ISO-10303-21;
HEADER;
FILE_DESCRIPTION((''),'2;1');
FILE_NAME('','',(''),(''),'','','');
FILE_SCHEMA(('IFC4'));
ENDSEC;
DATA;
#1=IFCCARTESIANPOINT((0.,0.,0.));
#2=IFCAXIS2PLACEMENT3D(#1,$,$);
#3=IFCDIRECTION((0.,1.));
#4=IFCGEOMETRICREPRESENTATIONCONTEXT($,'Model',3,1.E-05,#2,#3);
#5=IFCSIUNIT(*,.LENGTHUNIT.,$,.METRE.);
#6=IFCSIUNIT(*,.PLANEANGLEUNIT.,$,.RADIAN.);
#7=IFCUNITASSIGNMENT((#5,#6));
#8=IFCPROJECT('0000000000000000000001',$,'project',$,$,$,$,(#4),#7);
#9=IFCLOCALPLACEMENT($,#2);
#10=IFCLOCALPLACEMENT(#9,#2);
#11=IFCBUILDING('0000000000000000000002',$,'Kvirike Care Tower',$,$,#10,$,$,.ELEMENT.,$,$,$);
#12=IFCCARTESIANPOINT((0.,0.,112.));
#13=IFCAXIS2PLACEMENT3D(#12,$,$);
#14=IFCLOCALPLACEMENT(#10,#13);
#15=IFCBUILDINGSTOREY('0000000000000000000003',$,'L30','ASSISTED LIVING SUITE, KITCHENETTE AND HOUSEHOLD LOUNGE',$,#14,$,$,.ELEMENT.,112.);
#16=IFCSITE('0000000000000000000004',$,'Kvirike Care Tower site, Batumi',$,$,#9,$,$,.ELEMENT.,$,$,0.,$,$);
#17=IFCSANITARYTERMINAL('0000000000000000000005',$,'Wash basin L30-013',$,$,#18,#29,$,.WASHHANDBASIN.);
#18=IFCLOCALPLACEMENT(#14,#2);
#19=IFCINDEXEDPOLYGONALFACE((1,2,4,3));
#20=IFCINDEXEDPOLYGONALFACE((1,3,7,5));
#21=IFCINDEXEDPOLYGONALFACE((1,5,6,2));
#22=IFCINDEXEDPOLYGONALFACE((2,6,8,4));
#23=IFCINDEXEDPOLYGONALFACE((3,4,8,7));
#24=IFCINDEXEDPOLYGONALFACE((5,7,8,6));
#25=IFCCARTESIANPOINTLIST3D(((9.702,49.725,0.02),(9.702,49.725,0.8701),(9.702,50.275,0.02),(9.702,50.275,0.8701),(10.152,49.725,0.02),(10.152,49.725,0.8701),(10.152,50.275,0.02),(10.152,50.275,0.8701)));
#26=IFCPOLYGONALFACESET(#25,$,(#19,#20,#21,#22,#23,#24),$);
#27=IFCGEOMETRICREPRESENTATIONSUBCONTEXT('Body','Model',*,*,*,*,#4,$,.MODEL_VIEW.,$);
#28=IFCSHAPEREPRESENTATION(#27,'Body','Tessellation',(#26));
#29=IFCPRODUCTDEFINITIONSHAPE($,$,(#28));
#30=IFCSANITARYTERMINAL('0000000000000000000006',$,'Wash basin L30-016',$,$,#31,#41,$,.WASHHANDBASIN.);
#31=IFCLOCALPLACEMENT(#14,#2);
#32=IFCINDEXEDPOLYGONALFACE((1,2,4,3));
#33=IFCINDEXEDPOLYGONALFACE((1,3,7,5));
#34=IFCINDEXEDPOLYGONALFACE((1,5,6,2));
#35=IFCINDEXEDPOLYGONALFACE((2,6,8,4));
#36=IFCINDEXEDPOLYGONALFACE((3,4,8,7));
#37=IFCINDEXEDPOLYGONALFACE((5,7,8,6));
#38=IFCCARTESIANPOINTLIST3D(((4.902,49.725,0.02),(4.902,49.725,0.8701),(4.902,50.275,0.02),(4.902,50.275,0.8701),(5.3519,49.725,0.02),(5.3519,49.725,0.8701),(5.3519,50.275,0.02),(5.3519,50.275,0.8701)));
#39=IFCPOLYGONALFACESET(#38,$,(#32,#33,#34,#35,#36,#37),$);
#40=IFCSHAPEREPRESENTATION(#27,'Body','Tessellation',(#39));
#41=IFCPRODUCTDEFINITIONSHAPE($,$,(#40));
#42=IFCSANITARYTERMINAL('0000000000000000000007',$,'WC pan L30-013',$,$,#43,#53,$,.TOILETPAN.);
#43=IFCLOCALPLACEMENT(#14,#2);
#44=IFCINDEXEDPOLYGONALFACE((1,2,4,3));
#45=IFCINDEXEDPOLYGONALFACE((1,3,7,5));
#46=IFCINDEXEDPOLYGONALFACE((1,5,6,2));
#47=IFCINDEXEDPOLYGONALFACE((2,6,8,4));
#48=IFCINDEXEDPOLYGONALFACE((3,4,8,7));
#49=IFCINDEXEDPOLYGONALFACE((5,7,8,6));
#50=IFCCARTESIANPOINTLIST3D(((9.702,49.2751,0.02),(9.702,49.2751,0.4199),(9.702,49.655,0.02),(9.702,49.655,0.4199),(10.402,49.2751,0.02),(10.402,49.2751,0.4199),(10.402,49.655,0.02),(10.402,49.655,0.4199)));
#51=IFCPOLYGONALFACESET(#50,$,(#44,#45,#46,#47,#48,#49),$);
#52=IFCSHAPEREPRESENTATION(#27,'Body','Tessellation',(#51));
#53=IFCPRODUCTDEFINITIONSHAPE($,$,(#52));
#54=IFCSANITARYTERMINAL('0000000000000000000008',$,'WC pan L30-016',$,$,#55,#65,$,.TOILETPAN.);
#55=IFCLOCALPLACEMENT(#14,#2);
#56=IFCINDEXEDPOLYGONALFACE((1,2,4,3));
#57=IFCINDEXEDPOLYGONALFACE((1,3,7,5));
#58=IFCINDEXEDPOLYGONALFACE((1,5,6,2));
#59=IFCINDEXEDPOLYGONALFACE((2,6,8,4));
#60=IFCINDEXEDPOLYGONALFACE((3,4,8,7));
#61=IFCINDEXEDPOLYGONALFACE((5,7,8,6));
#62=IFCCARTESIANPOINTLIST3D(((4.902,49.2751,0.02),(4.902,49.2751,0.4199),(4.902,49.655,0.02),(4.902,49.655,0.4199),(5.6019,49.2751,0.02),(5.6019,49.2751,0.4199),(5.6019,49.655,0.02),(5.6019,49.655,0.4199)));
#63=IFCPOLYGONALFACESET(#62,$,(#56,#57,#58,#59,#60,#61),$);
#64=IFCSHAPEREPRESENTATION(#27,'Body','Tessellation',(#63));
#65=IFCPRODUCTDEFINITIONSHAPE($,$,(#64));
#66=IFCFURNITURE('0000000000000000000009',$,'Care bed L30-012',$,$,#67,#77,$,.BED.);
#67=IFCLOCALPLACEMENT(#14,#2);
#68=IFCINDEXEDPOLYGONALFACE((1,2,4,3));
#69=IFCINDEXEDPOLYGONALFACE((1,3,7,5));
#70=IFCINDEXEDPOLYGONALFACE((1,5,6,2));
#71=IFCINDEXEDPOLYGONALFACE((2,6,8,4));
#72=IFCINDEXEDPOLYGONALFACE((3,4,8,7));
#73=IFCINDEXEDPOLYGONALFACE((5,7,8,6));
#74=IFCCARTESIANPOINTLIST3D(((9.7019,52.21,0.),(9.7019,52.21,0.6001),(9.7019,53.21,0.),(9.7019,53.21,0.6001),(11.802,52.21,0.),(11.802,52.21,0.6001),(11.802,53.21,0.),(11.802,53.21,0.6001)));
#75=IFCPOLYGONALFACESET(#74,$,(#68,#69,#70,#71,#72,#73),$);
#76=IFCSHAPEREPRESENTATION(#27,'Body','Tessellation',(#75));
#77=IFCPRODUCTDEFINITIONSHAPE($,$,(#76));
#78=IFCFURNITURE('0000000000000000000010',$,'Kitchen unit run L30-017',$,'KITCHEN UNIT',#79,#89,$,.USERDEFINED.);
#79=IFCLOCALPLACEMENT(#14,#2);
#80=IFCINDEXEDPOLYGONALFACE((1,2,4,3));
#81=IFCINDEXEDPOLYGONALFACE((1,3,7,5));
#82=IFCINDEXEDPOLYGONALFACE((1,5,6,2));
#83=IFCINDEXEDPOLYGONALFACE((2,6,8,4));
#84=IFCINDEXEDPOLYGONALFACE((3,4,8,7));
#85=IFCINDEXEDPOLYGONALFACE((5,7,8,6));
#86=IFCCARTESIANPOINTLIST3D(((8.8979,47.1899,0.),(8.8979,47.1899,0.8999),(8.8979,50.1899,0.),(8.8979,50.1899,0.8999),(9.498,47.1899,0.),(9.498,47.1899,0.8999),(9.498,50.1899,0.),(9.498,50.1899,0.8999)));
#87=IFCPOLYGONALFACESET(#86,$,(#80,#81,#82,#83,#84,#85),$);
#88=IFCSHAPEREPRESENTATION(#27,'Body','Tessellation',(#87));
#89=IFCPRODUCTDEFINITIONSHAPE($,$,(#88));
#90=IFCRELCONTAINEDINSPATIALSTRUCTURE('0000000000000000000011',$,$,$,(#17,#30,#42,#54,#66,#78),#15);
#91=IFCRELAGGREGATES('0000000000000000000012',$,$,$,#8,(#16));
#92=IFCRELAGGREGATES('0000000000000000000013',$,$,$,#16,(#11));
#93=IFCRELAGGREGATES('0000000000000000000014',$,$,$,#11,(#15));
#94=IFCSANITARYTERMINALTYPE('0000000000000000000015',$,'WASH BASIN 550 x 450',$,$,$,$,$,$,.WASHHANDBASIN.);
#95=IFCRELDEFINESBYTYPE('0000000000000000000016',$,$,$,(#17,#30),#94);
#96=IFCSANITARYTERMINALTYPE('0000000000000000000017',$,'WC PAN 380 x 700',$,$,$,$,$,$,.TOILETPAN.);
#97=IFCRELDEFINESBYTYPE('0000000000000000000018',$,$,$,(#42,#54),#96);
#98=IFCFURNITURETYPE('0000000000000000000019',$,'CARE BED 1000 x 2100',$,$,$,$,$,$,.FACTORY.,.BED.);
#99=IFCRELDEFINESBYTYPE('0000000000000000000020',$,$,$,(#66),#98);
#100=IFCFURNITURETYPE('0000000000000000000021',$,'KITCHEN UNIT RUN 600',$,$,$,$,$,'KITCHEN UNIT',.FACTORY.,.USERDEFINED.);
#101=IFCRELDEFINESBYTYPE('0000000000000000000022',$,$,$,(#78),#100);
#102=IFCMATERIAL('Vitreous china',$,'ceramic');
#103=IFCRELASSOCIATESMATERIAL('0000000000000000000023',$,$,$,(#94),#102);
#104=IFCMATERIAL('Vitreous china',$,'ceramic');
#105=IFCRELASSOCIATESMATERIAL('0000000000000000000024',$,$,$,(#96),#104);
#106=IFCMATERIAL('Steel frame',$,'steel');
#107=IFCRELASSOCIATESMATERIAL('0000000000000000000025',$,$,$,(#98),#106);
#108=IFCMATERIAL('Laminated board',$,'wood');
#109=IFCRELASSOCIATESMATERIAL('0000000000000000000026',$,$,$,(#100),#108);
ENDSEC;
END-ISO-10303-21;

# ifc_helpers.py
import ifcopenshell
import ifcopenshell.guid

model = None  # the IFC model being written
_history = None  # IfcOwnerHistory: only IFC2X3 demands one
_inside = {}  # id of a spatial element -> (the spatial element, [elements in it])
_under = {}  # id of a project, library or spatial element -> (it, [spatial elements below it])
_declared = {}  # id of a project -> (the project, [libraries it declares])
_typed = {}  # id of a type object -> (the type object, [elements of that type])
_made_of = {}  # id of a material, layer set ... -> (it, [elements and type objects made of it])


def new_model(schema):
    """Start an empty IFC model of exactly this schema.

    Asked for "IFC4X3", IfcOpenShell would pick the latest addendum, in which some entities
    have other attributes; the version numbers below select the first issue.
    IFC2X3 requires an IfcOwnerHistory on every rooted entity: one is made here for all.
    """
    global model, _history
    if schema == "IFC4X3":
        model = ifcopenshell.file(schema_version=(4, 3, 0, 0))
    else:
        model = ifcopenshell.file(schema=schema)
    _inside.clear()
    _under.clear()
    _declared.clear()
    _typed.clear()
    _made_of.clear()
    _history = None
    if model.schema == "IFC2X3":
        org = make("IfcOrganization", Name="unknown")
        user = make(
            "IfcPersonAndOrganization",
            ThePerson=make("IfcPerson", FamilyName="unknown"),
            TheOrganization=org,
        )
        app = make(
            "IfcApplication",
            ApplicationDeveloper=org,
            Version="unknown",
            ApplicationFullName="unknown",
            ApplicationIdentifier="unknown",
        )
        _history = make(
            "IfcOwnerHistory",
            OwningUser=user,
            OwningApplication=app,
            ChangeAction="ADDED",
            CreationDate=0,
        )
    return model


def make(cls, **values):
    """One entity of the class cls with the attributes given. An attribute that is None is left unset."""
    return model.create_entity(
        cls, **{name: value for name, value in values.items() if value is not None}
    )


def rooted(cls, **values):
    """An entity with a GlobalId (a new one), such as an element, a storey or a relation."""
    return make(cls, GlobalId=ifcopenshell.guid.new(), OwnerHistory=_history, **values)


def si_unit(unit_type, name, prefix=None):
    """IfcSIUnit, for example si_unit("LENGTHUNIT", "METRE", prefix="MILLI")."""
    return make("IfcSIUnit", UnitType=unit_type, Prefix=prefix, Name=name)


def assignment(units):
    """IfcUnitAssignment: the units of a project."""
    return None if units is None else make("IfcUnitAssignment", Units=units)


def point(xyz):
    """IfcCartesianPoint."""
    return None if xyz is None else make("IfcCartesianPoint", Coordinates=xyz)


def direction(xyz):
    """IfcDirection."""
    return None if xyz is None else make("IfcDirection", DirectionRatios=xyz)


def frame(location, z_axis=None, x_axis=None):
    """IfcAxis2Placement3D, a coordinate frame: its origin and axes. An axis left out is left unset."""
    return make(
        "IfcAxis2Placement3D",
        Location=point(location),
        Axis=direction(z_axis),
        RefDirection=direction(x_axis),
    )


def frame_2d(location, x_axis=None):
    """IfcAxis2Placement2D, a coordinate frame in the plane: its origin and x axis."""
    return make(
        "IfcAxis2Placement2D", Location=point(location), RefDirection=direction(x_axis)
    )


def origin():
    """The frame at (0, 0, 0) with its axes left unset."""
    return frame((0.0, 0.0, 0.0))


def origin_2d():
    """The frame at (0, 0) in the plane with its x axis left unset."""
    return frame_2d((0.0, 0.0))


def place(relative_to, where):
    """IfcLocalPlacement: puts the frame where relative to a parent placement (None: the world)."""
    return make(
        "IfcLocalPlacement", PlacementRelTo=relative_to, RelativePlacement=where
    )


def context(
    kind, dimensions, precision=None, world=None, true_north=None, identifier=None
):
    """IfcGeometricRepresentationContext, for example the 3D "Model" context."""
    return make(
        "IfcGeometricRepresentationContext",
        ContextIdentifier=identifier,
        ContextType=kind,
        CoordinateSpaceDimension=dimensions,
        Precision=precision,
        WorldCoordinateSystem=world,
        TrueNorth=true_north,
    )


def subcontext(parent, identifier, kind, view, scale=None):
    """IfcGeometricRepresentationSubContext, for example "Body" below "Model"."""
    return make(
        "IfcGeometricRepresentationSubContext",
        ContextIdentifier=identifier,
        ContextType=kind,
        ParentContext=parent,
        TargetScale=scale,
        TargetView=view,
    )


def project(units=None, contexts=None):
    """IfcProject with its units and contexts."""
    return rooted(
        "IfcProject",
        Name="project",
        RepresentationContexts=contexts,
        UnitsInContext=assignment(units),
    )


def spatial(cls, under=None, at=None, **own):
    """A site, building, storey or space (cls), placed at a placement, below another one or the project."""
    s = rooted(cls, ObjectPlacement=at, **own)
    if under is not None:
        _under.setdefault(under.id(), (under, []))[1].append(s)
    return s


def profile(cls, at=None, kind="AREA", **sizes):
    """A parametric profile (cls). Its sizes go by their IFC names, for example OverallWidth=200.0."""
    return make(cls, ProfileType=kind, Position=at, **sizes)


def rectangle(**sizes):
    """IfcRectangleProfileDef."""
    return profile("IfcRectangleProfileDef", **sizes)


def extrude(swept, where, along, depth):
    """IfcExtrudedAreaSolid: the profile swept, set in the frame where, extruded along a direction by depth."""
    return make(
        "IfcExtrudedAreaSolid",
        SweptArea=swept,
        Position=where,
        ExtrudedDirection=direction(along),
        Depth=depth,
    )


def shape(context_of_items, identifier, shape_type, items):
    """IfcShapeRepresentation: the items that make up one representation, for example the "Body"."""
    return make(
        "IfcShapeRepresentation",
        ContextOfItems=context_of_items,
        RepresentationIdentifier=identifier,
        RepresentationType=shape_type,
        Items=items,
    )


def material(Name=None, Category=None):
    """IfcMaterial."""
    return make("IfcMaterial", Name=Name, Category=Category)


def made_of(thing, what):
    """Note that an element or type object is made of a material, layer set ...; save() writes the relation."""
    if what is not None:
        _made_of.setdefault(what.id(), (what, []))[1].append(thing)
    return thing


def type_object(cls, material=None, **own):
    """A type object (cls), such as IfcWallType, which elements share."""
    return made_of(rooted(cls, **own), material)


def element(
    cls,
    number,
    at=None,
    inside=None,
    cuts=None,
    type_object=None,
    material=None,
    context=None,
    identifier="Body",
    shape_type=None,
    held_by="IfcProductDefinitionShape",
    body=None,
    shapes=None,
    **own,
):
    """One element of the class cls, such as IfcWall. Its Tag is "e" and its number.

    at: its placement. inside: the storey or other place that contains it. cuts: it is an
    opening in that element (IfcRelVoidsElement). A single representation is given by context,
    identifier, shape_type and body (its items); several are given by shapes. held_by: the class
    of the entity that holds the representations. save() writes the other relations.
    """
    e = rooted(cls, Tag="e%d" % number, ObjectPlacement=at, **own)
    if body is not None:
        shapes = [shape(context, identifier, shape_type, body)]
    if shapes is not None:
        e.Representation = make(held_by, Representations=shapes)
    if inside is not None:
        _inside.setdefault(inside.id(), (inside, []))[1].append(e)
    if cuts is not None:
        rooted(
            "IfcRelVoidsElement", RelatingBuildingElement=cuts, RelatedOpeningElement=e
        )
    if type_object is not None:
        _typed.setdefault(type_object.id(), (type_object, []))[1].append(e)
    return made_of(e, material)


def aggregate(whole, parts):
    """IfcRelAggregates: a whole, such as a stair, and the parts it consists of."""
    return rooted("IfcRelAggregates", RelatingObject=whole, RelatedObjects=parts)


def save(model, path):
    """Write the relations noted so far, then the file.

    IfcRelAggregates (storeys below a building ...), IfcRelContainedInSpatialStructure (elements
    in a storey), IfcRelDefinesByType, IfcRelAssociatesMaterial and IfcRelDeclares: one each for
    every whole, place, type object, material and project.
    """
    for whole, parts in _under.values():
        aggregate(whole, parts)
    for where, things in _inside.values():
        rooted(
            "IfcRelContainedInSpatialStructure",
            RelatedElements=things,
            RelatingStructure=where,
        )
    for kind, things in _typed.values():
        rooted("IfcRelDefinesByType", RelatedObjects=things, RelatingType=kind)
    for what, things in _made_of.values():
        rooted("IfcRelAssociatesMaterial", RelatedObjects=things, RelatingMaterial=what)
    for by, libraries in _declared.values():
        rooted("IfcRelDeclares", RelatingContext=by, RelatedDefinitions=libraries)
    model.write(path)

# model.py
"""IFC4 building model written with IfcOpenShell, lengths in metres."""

from ifc_helpers import new_model, si_unit, direction, frame, origin, origin_2d, place, context, subcontext, project, spatial, rectangle, extrude, material, type_object, element, save


model = new_model("IFC4")

# Units and contexts
model_context = context("Model", 3, precision=1e-05, world=origin(), true_north=direction((0.0, 1.0)))
body_context = subcontext(model_context, "Body", "Model", "MODEL_VIEW")
ifc_project = project(units=[si_unit("LENGTHUNIT", "METRE"), si_unit("PLANEANGLEUNIT", "RADIAN")], contexts=[model_context])

# Site, building, storey
site_placement = place(None, origin())
site = spatial("IfcSite", under=ifc_project, at=site_placement, Name="Kvirike Care Tower site, Batumi", CompositionType="ELEMENT", RefElevation=0.0)
building_placement = place(site_placement, origin())
building = spatial("IfcBuilding", under=site, at=building_placement, Name="Kvirike Care Tower", CompositionType="ELEMENT")
storey_placement = place(building_placement, frame((0.0, 0.0, 112.0)))
storey = spatial("IfcBuildingStorey", under=building, at=storey_placement, Name="L30", Description="ASSISTED LIVING SUITE, KITCHENETTE AND HOUSEHOLD LOUNGE", CompositionType="ELEMENT", Elevation=112.0)

# Sanitary terminals
ifc_material_1 = material(Name="Vitreous china", Category="ceramic")
sanitary_terminal_type_1 = type_object("IfcSanitaryTerminalType", Name="WASH BASIN 550 x 450", PredefinedType="WASHHANDBASIN", material=ifc_material_1)
for number, where, z_axis, x_axis, name in (
    (1, (9.927, 50.0, 0.02), (0.0, 0.0, 1.0), (0.0, 1.0, 0.0), "Wash basin L30-013"),
    (2, (5.127, 50.0, 0.02), (0.0, 0.0, 1.0), (0.0, 1.0, 0.0), "Wash basin L30-016"),
):
    element("IfcSanitaryTerminal", number, at=place(storey_placement, frame(where, z_axis=z_axis, x_axis=x_axis)), inside=storey, type_object=sanitary_terminal_type_1, Name=name, PredefinedType="WASHHANDBASIN", context=body_context, shape_type="SweptSolid", body=[
        extrude(rectangle(XDim=0.55, YDim=0.45, at=origin_2d()), origin(), (0.0, 0.0, 1.0), 0.8501),
    ])
ifc_material_2 = material(Name="Vitreous china", Category="ceramic")
sanitary_terminal_type_2 = type_object("IfcSanitaryTerminalType", Name="WC PAN 380 x 700", PredefinedType="TOILETPAN", material=ifc_material_2)
for number, where, z_axis, x_axis, name in (
    (3, (10.052, 49.4651, 0.02), (0.0, 0.0, 1.0), (0.0, 1.0, 0.0), "WC pan L30-013"),
    (4, (5.252, 49.4651, 0.02), (0.0, 0.0, 1.0), (0.0, 1.0, 0.0), "WC pan L30-016"),
):
    element("IfcSanitaryTerminal", number, at=place(storey_placement, frame(where, z_axis=z_axis, x_axis=x_axis)), inside=storey, type_object=sanitary_terminal_type_2, Name=name, PredefinedType="TOILETPAN", context=body_context, shape_type="SweptSolid", body=[
        extrude(rectangle(XDim=0.3799, YDim=0.7, at=origin_2d()), origin(), (0.0, 0.0, 1.0), 0.3999),
    ])

# Furniture
ifc_material_3 = material(Name="Steel frame", Category="steel")
furniture_type_1 = type_object("IfcFurnitureType", Name="CARE BED 1000 x 2100", AssemblyPlace="FACTORY", PredefinedType="BED", material=ifc_material_3)
furniture_1_placement = place(storey_placement, frame((10.752, 52.71, 0.0), z_axis=(0.0, 0.0, 1.0), x_axis=(0.0, 1.0, 0.0)))
element("IfcFurniture", 5, at=furniture_1_placement, inside=storey, type_object=furniture_type_1, Name="Care bed L30-012", PredefinedType="BED", context=body_context, shape_type="SweptSolid", body=[
    extrude(rectangle(XDim=1.0, YDim=2.1001, at=origin_2d()), origin(), (0.0, 0.0, 1.0), 0.6001),
])
ifc_material_4 = material(Name="Laminated board", Category="wood")
furniture_type_2 = type_object("IfcFurnitureType", Name="KITCHEN UNIT RUN 600", ElementType="KITCHEN UNIT", AssemblyPlace="FACTORY", PredefinedType="USERDEFINED", material=ifc_material_4)
furniture_2_placement = place(storey_placement, frame((9.198, 48.6899, 0.0), z_axis=(0.0, 0.0, 1.0), x_axis=(0.0, -1.0, 0.0)))
element("IfcFurniture", 6, at=furniture_2_placement, inside=storey, type_object=furniture_type_2, Name="Kitchen unit run L30-017", ObjectType="KITCHEN UNIT", PredefinedType="USERDEFINED", context=body_context, shape_type="SweptSolid", body=[
    extrude(rectangle(XDim=3.0, YDim=0.6001, at=origin_2d()), origin(), (0.0, 0.0, 1.0), 0.8999),
])

save(model, "model.ifc")
